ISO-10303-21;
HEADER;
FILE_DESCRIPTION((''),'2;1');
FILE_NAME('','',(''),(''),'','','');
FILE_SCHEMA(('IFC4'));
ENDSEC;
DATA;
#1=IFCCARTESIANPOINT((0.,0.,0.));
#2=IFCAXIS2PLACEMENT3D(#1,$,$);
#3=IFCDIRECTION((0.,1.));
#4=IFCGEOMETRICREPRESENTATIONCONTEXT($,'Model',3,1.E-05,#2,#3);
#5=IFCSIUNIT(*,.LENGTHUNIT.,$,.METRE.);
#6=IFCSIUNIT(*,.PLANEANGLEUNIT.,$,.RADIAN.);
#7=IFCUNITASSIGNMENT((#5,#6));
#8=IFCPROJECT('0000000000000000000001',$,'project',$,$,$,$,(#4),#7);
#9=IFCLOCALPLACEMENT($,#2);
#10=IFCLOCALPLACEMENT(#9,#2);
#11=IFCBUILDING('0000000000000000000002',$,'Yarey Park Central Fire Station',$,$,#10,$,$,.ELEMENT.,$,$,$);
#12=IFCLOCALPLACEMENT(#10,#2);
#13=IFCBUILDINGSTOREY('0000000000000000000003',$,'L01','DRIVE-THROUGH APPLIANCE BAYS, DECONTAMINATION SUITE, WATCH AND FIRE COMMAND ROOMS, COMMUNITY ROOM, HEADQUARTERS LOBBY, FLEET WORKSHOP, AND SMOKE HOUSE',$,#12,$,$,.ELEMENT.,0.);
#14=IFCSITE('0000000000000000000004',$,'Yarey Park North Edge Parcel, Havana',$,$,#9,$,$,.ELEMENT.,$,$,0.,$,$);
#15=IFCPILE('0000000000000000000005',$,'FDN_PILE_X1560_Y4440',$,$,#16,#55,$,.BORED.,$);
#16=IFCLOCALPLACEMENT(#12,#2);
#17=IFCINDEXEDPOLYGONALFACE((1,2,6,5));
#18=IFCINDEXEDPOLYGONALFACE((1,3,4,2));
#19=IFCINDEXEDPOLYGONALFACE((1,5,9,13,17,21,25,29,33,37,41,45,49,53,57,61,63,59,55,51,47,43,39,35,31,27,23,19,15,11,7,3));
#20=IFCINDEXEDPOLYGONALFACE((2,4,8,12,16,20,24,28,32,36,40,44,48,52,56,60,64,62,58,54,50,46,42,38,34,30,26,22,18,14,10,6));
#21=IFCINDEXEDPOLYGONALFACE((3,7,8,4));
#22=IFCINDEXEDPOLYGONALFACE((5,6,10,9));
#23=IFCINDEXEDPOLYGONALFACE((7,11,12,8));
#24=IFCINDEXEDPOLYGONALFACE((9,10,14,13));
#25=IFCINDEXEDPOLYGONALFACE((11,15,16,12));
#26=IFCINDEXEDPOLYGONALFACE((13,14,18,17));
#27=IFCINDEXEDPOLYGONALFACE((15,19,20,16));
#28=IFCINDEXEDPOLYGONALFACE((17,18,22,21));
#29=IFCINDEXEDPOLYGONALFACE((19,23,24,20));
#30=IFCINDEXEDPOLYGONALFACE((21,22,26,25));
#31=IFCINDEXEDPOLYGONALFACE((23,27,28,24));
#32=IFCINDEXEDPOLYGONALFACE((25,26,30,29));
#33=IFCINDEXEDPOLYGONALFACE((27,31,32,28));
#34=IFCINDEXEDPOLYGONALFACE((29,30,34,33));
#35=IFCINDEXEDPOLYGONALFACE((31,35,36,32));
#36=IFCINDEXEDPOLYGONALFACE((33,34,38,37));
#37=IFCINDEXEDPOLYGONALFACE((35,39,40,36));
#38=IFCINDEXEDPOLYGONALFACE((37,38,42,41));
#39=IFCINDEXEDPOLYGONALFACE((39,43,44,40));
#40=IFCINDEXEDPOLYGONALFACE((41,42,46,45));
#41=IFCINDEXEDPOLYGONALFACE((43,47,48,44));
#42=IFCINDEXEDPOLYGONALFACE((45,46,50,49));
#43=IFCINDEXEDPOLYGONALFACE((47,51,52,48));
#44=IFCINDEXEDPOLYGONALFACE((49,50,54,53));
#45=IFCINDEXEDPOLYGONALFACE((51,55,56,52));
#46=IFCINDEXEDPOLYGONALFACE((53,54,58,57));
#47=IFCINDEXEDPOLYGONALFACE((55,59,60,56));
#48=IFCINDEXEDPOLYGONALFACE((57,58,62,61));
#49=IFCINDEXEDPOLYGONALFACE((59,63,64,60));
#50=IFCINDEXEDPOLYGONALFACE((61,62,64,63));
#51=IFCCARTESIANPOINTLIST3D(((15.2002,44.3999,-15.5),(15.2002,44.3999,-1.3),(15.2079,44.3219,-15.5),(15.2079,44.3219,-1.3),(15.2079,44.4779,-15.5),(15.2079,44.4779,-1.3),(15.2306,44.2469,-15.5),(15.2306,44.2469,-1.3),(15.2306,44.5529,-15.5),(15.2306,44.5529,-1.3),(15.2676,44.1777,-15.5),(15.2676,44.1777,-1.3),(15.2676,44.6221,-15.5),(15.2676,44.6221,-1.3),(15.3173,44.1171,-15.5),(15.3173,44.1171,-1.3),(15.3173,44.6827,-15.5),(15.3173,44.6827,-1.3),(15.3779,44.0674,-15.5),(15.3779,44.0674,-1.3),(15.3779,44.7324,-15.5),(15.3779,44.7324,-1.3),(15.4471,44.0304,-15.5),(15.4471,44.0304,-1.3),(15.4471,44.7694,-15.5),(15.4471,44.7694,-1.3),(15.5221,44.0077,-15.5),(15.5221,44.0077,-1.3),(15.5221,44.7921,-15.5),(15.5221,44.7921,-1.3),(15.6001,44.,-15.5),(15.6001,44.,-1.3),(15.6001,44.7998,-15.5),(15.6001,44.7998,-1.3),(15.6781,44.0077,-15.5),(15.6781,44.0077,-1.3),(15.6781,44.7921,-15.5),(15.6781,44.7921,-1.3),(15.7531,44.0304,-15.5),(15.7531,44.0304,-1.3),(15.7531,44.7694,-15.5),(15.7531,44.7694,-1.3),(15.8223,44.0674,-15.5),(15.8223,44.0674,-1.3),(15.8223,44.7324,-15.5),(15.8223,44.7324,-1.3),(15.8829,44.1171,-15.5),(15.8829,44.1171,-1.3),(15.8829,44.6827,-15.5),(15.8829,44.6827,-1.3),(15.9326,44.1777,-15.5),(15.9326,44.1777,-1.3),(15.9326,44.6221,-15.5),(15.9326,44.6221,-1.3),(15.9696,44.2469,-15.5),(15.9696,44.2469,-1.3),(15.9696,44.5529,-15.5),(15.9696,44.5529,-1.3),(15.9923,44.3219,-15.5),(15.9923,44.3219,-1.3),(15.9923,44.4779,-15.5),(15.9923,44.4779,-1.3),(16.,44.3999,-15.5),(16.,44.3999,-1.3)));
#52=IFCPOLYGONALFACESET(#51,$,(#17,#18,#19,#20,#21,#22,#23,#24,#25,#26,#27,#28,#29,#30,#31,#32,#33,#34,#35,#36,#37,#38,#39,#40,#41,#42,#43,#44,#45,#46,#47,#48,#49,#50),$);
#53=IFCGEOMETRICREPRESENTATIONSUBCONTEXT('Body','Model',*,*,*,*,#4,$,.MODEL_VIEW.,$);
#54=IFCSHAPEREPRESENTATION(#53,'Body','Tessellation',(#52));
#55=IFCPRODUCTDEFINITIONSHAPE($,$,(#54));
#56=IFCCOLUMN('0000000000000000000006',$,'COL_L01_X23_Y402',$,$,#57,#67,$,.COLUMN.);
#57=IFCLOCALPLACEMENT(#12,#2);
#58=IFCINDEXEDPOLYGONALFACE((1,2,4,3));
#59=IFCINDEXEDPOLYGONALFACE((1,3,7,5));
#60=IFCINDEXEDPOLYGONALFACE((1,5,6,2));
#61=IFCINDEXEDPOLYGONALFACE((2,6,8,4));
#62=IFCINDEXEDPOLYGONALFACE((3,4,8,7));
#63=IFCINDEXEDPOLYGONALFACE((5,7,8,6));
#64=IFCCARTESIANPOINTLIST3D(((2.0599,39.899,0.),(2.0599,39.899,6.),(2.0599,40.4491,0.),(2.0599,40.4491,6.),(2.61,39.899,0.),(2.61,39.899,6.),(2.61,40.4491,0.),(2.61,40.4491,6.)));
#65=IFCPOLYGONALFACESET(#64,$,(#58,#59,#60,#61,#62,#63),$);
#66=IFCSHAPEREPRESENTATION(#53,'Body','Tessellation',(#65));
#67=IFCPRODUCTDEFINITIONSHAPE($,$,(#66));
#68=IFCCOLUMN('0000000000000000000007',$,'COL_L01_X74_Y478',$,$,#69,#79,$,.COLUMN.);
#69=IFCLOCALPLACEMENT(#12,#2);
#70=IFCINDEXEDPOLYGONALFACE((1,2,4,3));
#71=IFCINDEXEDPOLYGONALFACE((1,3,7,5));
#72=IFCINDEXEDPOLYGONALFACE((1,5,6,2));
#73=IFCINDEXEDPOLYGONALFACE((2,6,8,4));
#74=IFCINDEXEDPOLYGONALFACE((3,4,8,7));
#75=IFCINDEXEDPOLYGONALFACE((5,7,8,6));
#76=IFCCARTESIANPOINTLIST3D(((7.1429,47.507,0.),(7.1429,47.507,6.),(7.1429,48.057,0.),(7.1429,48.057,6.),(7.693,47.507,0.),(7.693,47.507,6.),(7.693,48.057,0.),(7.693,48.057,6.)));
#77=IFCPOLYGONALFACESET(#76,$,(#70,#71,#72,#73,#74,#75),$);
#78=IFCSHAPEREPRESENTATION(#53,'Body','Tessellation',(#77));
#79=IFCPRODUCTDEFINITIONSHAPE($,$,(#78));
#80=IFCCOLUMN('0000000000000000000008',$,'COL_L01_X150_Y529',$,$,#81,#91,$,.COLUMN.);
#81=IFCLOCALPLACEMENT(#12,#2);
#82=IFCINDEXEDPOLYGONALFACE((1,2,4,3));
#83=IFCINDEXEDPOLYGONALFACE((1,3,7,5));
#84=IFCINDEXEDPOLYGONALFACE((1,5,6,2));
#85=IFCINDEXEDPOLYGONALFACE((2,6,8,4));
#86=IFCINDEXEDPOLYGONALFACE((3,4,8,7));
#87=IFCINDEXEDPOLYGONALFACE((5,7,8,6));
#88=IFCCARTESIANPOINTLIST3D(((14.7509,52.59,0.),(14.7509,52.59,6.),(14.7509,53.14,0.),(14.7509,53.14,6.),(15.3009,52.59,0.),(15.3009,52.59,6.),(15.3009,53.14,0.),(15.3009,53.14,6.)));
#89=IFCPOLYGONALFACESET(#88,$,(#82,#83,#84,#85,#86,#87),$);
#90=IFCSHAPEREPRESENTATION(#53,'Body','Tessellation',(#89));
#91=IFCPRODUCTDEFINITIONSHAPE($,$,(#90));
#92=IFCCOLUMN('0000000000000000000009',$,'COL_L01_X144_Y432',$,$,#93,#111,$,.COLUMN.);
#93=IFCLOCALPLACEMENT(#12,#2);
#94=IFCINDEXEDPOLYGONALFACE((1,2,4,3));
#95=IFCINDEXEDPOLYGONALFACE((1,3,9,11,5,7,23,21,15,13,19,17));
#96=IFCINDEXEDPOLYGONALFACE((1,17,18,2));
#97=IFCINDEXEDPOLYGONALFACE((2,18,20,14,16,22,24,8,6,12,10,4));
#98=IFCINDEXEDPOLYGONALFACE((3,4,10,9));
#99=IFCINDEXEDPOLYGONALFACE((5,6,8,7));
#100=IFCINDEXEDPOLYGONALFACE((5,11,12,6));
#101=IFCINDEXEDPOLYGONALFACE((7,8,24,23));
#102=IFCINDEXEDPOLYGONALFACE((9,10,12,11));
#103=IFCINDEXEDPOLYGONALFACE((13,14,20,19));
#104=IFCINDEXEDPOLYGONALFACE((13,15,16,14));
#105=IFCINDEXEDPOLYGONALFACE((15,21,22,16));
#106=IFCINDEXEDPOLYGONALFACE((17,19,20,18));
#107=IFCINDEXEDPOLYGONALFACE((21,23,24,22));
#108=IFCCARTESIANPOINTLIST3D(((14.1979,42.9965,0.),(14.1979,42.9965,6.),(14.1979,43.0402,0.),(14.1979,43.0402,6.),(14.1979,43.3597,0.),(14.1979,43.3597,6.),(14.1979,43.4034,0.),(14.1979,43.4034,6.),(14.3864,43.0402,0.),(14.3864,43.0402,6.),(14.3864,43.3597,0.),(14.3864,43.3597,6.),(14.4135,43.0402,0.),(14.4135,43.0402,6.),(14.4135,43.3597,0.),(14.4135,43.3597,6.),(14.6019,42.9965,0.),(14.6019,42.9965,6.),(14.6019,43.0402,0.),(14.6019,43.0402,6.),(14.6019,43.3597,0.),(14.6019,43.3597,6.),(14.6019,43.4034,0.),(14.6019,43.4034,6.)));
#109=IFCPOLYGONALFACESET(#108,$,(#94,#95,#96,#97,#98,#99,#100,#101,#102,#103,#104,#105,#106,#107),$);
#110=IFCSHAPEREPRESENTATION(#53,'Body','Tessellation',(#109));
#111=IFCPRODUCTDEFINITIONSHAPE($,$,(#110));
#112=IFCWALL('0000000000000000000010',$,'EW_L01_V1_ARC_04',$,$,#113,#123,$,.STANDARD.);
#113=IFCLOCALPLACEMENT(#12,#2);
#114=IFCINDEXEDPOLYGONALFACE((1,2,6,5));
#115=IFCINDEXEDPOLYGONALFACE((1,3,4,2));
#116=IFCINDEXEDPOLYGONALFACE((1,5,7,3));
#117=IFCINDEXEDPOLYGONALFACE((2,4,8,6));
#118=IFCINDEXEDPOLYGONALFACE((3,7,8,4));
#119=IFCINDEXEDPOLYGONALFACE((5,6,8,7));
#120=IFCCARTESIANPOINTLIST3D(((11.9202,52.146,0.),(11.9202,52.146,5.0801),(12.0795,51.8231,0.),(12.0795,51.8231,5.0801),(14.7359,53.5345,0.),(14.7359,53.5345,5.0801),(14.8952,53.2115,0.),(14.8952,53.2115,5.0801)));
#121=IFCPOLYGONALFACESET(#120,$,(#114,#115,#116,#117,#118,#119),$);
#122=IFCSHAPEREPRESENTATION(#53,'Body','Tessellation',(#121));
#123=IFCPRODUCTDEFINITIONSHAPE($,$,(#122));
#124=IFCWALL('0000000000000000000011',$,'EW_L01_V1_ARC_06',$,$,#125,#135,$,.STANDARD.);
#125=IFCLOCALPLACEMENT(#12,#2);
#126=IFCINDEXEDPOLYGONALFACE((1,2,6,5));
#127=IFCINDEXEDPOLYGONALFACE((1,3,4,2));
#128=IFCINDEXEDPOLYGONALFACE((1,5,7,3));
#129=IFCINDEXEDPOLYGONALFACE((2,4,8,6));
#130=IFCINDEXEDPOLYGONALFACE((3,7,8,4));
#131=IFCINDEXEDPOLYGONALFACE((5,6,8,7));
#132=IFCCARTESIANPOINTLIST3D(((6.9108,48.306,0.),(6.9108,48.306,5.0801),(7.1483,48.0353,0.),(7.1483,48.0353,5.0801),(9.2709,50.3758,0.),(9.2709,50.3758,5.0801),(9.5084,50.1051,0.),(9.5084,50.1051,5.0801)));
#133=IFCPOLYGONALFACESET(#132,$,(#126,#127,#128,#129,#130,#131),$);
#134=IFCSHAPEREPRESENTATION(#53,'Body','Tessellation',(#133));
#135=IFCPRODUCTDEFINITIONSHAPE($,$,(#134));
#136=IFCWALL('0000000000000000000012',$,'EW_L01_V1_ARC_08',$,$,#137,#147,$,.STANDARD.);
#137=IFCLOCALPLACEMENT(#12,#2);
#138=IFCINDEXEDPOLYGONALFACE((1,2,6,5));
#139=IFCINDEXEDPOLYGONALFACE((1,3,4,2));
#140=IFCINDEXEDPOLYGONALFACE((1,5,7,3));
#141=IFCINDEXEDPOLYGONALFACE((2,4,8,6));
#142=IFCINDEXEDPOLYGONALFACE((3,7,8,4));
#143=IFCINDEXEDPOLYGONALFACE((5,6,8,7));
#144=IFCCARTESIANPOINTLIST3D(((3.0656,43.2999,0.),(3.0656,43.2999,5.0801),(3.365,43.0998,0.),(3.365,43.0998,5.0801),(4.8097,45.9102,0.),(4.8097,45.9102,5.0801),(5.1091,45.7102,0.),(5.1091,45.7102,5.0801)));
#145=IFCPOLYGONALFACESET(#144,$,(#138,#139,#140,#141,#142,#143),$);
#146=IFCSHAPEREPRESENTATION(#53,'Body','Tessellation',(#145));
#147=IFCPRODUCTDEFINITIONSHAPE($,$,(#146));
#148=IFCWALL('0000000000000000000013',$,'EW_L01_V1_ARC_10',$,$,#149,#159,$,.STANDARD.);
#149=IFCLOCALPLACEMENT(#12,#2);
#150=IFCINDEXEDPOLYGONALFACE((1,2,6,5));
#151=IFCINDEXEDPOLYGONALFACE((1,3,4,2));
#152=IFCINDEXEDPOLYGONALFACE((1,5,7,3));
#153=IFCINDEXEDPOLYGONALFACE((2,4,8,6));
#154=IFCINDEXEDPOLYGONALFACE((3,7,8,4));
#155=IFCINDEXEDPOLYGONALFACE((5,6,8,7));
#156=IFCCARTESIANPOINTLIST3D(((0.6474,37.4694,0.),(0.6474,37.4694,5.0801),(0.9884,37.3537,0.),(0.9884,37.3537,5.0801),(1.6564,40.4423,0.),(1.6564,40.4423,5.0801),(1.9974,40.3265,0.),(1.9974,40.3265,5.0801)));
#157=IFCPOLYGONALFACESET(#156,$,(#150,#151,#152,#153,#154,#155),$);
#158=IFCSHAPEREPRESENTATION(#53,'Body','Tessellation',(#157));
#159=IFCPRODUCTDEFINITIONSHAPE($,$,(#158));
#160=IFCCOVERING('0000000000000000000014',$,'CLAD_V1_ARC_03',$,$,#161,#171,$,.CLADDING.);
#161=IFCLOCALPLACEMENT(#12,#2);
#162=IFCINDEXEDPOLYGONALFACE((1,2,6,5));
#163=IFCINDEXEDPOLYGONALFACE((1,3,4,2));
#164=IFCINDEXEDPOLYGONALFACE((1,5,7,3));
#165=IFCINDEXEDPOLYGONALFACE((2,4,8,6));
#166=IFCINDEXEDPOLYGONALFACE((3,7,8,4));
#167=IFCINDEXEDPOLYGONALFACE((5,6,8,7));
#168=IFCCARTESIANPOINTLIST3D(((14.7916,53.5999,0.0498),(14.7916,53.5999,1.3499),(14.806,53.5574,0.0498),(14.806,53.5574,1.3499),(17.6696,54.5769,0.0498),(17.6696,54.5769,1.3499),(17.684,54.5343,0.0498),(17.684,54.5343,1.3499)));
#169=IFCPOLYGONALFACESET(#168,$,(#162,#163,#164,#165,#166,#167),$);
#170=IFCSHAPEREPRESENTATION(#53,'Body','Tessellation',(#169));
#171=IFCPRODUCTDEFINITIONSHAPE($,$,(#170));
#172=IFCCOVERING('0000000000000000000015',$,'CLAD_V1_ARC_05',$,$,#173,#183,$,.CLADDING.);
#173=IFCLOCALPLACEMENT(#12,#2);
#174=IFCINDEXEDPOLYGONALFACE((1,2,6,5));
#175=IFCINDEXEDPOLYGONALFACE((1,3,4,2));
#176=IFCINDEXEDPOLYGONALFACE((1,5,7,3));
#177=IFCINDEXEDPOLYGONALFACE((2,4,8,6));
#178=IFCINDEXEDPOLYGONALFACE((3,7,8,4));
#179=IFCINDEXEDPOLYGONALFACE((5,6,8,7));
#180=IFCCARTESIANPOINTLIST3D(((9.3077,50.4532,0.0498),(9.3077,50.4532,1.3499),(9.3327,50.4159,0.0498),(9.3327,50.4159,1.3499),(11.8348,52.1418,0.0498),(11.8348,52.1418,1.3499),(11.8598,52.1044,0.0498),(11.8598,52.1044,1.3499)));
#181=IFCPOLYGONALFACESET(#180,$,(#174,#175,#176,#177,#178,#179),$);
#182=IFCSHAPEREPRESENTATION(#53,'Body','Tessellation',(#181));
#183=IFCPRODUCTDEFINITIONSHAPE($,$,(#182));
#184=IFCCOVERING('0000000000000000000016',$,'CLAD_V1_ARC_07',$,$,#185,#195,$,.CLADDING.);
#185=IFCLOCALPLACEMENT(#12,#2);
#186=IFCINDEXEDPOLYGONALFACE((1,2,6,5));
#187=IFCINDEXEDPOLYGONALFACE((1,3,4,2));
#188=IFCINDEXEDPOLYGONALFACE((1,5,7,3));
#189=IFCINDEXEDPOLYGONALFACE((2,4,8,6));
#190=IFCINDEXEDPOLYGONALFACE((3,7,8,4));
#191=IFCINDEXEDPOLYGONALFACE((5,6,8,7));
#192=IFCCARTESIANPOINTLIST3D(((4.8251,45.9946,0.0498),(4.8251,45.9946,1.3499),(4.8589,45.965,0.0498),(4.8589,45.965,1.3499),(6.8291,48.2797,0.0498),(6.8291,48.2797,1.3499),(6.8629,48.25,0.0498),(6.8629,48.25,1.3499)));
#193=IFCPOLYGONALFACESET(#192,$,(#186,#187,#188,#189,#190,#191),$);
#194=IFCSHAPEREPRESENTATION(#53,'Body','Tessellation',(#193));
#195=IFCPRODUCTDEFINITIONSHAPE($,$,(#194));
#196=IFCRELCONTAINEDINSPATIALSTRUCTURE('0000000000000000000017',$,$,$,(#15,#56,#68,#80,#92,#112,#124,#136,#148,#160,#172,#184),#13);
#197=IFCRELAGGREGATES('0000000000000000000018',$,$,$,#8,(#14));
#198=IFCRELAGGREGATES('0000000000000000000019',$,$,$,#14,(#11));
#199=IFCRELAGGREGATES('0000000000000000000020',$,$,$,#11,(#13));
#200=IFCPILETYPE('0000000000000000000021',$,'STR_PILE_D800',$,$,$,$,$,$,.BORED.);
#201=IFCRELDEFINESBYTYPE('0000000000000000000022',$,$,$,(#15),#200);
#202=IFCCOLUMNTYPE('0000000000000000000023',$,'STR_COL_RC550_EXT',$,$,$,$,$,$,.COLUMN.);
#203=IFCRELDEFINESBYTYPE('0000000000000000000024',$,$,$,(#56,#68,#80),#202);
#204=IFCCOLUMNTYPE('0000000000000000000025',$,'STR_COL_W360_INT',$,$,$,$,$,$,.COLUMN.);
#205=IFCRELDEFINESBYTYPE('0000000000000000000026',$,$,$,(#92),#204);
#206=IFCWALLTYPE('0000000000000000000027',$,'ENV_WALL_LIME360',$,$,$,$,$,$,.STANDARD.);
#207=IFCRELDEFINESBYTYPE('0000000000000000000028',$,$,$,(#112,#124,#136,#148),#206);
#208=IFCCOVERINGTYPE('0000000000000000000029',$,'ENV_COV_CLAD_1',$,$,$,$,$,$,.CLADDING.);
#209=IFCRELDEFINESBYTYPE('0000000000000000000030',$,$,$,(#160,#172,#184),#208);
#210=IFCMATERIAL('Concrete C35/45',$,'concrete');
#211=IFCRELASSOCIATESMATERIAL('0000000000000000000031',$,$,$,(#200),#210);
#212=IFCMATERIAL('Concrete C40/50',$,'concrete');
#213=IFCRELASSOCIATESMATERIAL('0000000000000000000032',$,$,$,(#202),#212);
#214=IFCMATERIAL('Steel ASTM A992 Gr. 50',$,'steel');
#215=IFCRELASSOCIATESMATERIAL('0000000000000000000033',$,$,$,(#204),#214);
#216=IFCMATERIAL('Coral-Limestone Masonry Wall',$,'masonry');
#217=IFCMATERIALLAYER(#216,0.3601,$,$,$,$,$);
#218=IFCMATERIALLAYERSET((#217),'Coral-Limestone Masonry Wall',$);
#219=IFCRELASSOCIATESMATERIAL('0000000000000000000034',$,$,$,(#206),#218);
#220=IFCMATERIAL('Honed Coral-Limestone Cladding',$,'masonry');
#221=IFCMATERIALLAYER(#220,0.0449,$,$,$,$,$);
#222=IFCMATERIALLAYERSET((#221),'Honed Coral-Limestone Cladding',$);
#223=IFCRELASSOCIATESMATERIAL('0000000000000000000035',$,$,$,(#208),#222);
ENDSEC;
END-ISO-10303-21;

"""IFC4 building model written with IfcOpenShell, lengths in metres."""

from ifc_helpers import new_model, si_unit, direction, frame, frame_2d, origin, origin_2d, place, context, subcontext, project, spatial, rectangle, circle, i_section, extrude, material, layer, layer_set, material_profile, profile_set, type_object, element, save


model = new_model("IFC4")

# Units and contexts
model_context = context("Model", 3, precision=1e-05, world=origin(), true_north=direction((0.0, 1.0)))
body_context = subcontext(model_context, "Body", "Model", "MODEL_VIEW")
ifc_project = project(units=[si_unit("LENGTHUNIT", "METRE"), si_unit("PLANEANGLEUNIT", "RADIAN")], contexts=[model_context])

# Site, building, storey
site_placement = place(None, origin())
site = spatial("IfcSite", under=ifc_project, at=site_placement, Name="Yarey Park North Edge Parcel, Havana", CompositionType="ELEMENT", RefElevation=0.0)
building_placement = place(site_placement, origin())
building = spatial("IfcBuilding", under=site, at=building_placement, Name="Yarey Park Central Fire Station", CompositionType="ELEMENT")
storey_placement = place(building_placement, origin())
storey = spatial("IfcBuildingStorey", under=building, at=storey_placement, Name="L01", Description="DRIVE-THROUGH APPLIANCE BAYS, DECONTAMINATION SUITE, WATCH AND FIRE COMMAND ROOMS, COMMUNITY ROOM, HEADQUARTERS LOBBY, FLEET WORKSHOP, AND SMOKE HOUSE", CompositionType="ELEMENT", Elevation=0.0)

# Shared definitions
ifc_material_1 = material(Name="Concrete C35/45", Category="concrete")

# Pile
ifc_material_profile_1 = material_profile(ifc_material_1, circle(Radius=0.3999, at=origin_2d()), Name="BORED PILE D800")
ifc_profile_set_1 = profile_set([ifc_material_profile_1], Name="Concrete C35/45")
pile_type = type_object("IfcPileType", Name="STR_PILE_D800", PredefinedType="BORED", material=ifc_profile_set_1)
for number, where, z_axis, x_axis, name in (
    (1, (15.6001, 44.3999, -1.3), (0.0, 0.0, -1.0), (1.0, 0.0, 0.0), "FDN_PILE_X1560_Y4440"),
):
    element("IfcPile", number, at=place(storey_placement, frame(where, z_axis=z_axis, x_axis=x_axis)), inside=storey, type_object=pile_type, Name=name, PredefinedType="BORED", context=body_context, shape_type="SweptSolid", body=[
        extrude(circle(Radius=0.3999, at=origin_2d()), origin(), (0.0, 0.0, 1.0), 14.2),
    ])

# Columns
ifc_material_2 = material(Name="Concrete C40/50", Category="concrete")
ifc_material_profile_2 = material_profile(ifc_material_2, rectangle(XDim=0.55, YDim=0.55, at=origin_2d()), Name="RC 550x550")
ifc_profile_set_2 = profile_set([ifc_material_profile_2], Name="Concrete C40/50")
column_type_1 = type_object("IfcColumnType", Name="STR_COL_RC550_EXT", PredefinedType="COLUMN", material=ifc_profile_set_2)
for number, where, z_axis, x_axis, name in (
    (2, (2.335, 40.1741, 0.0), (0.0, 0.0, 1.0), (1.0, 0.0, 0.0), "COL_L01_X23_Y402"),
    (3, (7.418, 47.782, 0.0), (0.0, 0.0, 1.0), (1.0, 0.0, 0.0), "COL_L01_X74_Y478"),
    (4, (15.0259, 52.865, 0.0), (0.0, 0.0, 1.0), (1.0, 0.0, 0.0), "COL_L01_X150_Y529"),
):
    element("IfcColumn", number, at=place(storey_placement, frame(where, z_axis=z_axis, x_axis=x_axis)), inside=storey, type_object=column_type_1, Name=name, PredefinedType="COLUMN", context=body_context, shape_type="SweptSolid", body=[
        extrude(rectangle(XDim=0.55, YDim=0.55, at=origin_2d()), origin(), (0.0, 0.0, 1.0), 6.0),
    ])
ifc_material_3 = material(Name="Steel ASTM A992 Gr. 50", Category="steel")
ifc_material_profile_3 = material_profile(ifc_material_3, i_section(OverallWidth=0.4041, OverallDepth=0.407, WebThickness=0.0271, FlangeThickness=0.0437, at=origin_2d()), Name="W360x347")
ifc_profile_set_3 = profile_set([ifc_material_profile_3], Name="Steel ASTM A992 Gr. 50")
column_type_2 = type_object("IfcColumnType", Name="STR_COL_W360_INT", PredefinedType="COLUMN", material=ifc_profile_set_3)
column_placement = place(storey_placement, frame((14.3999, 43.2, 0.0), z_axis=(0.0, 0.0, 1.0), x_axis=(1.0, 0.0, 0.0)))
element("IfcColumn", 5, at=column_placement, inside=storey, type_object=column_type_2, Name="COL_L01_X144_Y432", PredefinedType="COLUMN", context=body_context, shape_type="SweptSolid", body=[
    extrude(i_section(OverallWidth=0.4041, OverallDepth=0.407, WebThickness=0.0271, FlangeThickness=0.0437, at=origin_2d()), origin(), (0.0, 0.0, 1.0), 6.0),
])

# Shared definitions
ifc_material_4 = material(Name="Coral-Limestone Masonry Wall", Category="masonry")
ifc_layer_1 = layer(ifc_material_4, 0.3601)
ifc_layer_set_1 = layer_set([ifc_layer_1], Name="Coral-Limestone Masonry Wall")
wall_type = type_object("IfcWallType", Name="ENV_WALL_LIME360", PredefinedType="STANDARD", material=ifc_layer_set_1)

# Wall
wall_1_placement = place(storey_placement, frame((14.8157, 53.373, 0.0), z_axis=(0.0, 0.0, 1.0), x_axis=(-0.896887, -0.442261, 0.0)))
element("IfcWall", 6, at=wall_1_placement, inside=storey, type_object=wall_type, Name="EW_L01_V1_ARC_04", PredefinedType="STANDARD", context=body_context, shape_type="SweptSolid", body=[
    extrude(rectangle(XDim=3.1394, YDim=0.3601, at=frame_2d((1.5698, 0.0))), origin(), (0.0, 0.0, 1.0), 5.0801),
])

# Wall
wall_2_placement = place(storey_placement, frame((9.3896, 50.2405, 0.0), z_axis=(0.0, 0.0, 1.0), x_axis=(-0.751829, -0.659358, 0.0)))
element("IfcWall", 7, at=wall_2_placement, inside=storey, type_object=wall_type, Name="EW_L01_V1_ARC_06", PredefinedType="STANDARD", context=body_context, shape_type="SweptSolid", body=[
    extrude(rectangle(XDim=3.1392, YDim=0.3601, at=frame_2d((1.5696, 0.0))), origin(), (0.0, 0.0, 1.0), 5.0801),
])

# Wall
wall_3_placement = place(storey_placement, frame((4.9595, 45.8103, 0.0), z_axis=(0.0, 0.0, 1.0), x_axis=(-0.555561, -0.831476, 0.0)))
element("IfcWall", 8, at=wall_3_placement, inside=storey, type_object=wall_type, Name="EW_L01_V1_ARC_08", PredefinedType="STANDARD", context=body_context, shape_type="SweptSolid", body=[
    extrude(rectangle(XDim=3.1394, YDim=0.3601, at=frame_2d((1.5698, 0.0))), origin(), (0.0, 0.0, 1.0), 5.0801),
])

# Wall
wall_4_placement = place(storey_placement, frame((1.8269, 40.3845, 0.0), z_axis=(0.0, 0.0, 1.0), x_axis=(-0.321402, -0.946943, 0.0)))
element("IfcWall", 9, at=wall_4_placement, inside=storey, type_object=wall_type, Name="EW_L01_V1_ARC_10", PredefinedType="STANDARD", context=body_context, shape_type="SweptSolid", body=[
    extrude(rectangle(XDim=3.1394, YDim=0.3601, at=frame_2d((1.5698, 0.0))), origin(), (0.0, 0.0, 1.0), 5.0801),
])

# Coverings
ifc_material_5 = material(Name="Honed Coral-Limestone Cladding", Category="masonry")
ifc_layer_2 = layer(ifc_material_5, 0.0449)
ifc_layer_set_2 = layer_set([ifc_layer_2], Name="Honed Coral-Limestone Cladding")
covering_type_1 = type_object("IfcCoveringType", Name="ENV_COV_CLAD_1", PredefinedType="CLADDING", material=ifc_layer_set_2)
for number, where, z_axis, x_axis, name in (
    (10, (16.2378, 54.0671, 0.0498), (0.0, 0.0, 1.0), (-0.94693, -0.321439, 0.0), "CLAD_V1_ARC_03"),
    (11, (10.5837, 51.2788, 0.0498), (0.0, 0.0, 1.0), (-0.83147, -0.55557, 0.0), "CLAD_V1_ARC_05"),
    (12, (5.844, 47.1223, 0.0498), (0.0, 0.0, 1.0), (-0.659346, -0.75184, 0.0), "CLAD_V1_ARC_07"),
):
    element("IfcCovering", number, at=place(storey_placement, frame(where, z_axis=z_axis, x_axis=x_axis)), inside=storey, type_object=covering_type_1, Name=name, PredefinedType="CLADDING", context=body_context, shape_type="SweptSolid", body=[
        extrude(rectangle(XDim=3.0393, YDim=0.0449, at=origin_2d()), origin(), (0.0, 0.0, 1.0), 1.3),
    ])

save(model, "model.ifc")
